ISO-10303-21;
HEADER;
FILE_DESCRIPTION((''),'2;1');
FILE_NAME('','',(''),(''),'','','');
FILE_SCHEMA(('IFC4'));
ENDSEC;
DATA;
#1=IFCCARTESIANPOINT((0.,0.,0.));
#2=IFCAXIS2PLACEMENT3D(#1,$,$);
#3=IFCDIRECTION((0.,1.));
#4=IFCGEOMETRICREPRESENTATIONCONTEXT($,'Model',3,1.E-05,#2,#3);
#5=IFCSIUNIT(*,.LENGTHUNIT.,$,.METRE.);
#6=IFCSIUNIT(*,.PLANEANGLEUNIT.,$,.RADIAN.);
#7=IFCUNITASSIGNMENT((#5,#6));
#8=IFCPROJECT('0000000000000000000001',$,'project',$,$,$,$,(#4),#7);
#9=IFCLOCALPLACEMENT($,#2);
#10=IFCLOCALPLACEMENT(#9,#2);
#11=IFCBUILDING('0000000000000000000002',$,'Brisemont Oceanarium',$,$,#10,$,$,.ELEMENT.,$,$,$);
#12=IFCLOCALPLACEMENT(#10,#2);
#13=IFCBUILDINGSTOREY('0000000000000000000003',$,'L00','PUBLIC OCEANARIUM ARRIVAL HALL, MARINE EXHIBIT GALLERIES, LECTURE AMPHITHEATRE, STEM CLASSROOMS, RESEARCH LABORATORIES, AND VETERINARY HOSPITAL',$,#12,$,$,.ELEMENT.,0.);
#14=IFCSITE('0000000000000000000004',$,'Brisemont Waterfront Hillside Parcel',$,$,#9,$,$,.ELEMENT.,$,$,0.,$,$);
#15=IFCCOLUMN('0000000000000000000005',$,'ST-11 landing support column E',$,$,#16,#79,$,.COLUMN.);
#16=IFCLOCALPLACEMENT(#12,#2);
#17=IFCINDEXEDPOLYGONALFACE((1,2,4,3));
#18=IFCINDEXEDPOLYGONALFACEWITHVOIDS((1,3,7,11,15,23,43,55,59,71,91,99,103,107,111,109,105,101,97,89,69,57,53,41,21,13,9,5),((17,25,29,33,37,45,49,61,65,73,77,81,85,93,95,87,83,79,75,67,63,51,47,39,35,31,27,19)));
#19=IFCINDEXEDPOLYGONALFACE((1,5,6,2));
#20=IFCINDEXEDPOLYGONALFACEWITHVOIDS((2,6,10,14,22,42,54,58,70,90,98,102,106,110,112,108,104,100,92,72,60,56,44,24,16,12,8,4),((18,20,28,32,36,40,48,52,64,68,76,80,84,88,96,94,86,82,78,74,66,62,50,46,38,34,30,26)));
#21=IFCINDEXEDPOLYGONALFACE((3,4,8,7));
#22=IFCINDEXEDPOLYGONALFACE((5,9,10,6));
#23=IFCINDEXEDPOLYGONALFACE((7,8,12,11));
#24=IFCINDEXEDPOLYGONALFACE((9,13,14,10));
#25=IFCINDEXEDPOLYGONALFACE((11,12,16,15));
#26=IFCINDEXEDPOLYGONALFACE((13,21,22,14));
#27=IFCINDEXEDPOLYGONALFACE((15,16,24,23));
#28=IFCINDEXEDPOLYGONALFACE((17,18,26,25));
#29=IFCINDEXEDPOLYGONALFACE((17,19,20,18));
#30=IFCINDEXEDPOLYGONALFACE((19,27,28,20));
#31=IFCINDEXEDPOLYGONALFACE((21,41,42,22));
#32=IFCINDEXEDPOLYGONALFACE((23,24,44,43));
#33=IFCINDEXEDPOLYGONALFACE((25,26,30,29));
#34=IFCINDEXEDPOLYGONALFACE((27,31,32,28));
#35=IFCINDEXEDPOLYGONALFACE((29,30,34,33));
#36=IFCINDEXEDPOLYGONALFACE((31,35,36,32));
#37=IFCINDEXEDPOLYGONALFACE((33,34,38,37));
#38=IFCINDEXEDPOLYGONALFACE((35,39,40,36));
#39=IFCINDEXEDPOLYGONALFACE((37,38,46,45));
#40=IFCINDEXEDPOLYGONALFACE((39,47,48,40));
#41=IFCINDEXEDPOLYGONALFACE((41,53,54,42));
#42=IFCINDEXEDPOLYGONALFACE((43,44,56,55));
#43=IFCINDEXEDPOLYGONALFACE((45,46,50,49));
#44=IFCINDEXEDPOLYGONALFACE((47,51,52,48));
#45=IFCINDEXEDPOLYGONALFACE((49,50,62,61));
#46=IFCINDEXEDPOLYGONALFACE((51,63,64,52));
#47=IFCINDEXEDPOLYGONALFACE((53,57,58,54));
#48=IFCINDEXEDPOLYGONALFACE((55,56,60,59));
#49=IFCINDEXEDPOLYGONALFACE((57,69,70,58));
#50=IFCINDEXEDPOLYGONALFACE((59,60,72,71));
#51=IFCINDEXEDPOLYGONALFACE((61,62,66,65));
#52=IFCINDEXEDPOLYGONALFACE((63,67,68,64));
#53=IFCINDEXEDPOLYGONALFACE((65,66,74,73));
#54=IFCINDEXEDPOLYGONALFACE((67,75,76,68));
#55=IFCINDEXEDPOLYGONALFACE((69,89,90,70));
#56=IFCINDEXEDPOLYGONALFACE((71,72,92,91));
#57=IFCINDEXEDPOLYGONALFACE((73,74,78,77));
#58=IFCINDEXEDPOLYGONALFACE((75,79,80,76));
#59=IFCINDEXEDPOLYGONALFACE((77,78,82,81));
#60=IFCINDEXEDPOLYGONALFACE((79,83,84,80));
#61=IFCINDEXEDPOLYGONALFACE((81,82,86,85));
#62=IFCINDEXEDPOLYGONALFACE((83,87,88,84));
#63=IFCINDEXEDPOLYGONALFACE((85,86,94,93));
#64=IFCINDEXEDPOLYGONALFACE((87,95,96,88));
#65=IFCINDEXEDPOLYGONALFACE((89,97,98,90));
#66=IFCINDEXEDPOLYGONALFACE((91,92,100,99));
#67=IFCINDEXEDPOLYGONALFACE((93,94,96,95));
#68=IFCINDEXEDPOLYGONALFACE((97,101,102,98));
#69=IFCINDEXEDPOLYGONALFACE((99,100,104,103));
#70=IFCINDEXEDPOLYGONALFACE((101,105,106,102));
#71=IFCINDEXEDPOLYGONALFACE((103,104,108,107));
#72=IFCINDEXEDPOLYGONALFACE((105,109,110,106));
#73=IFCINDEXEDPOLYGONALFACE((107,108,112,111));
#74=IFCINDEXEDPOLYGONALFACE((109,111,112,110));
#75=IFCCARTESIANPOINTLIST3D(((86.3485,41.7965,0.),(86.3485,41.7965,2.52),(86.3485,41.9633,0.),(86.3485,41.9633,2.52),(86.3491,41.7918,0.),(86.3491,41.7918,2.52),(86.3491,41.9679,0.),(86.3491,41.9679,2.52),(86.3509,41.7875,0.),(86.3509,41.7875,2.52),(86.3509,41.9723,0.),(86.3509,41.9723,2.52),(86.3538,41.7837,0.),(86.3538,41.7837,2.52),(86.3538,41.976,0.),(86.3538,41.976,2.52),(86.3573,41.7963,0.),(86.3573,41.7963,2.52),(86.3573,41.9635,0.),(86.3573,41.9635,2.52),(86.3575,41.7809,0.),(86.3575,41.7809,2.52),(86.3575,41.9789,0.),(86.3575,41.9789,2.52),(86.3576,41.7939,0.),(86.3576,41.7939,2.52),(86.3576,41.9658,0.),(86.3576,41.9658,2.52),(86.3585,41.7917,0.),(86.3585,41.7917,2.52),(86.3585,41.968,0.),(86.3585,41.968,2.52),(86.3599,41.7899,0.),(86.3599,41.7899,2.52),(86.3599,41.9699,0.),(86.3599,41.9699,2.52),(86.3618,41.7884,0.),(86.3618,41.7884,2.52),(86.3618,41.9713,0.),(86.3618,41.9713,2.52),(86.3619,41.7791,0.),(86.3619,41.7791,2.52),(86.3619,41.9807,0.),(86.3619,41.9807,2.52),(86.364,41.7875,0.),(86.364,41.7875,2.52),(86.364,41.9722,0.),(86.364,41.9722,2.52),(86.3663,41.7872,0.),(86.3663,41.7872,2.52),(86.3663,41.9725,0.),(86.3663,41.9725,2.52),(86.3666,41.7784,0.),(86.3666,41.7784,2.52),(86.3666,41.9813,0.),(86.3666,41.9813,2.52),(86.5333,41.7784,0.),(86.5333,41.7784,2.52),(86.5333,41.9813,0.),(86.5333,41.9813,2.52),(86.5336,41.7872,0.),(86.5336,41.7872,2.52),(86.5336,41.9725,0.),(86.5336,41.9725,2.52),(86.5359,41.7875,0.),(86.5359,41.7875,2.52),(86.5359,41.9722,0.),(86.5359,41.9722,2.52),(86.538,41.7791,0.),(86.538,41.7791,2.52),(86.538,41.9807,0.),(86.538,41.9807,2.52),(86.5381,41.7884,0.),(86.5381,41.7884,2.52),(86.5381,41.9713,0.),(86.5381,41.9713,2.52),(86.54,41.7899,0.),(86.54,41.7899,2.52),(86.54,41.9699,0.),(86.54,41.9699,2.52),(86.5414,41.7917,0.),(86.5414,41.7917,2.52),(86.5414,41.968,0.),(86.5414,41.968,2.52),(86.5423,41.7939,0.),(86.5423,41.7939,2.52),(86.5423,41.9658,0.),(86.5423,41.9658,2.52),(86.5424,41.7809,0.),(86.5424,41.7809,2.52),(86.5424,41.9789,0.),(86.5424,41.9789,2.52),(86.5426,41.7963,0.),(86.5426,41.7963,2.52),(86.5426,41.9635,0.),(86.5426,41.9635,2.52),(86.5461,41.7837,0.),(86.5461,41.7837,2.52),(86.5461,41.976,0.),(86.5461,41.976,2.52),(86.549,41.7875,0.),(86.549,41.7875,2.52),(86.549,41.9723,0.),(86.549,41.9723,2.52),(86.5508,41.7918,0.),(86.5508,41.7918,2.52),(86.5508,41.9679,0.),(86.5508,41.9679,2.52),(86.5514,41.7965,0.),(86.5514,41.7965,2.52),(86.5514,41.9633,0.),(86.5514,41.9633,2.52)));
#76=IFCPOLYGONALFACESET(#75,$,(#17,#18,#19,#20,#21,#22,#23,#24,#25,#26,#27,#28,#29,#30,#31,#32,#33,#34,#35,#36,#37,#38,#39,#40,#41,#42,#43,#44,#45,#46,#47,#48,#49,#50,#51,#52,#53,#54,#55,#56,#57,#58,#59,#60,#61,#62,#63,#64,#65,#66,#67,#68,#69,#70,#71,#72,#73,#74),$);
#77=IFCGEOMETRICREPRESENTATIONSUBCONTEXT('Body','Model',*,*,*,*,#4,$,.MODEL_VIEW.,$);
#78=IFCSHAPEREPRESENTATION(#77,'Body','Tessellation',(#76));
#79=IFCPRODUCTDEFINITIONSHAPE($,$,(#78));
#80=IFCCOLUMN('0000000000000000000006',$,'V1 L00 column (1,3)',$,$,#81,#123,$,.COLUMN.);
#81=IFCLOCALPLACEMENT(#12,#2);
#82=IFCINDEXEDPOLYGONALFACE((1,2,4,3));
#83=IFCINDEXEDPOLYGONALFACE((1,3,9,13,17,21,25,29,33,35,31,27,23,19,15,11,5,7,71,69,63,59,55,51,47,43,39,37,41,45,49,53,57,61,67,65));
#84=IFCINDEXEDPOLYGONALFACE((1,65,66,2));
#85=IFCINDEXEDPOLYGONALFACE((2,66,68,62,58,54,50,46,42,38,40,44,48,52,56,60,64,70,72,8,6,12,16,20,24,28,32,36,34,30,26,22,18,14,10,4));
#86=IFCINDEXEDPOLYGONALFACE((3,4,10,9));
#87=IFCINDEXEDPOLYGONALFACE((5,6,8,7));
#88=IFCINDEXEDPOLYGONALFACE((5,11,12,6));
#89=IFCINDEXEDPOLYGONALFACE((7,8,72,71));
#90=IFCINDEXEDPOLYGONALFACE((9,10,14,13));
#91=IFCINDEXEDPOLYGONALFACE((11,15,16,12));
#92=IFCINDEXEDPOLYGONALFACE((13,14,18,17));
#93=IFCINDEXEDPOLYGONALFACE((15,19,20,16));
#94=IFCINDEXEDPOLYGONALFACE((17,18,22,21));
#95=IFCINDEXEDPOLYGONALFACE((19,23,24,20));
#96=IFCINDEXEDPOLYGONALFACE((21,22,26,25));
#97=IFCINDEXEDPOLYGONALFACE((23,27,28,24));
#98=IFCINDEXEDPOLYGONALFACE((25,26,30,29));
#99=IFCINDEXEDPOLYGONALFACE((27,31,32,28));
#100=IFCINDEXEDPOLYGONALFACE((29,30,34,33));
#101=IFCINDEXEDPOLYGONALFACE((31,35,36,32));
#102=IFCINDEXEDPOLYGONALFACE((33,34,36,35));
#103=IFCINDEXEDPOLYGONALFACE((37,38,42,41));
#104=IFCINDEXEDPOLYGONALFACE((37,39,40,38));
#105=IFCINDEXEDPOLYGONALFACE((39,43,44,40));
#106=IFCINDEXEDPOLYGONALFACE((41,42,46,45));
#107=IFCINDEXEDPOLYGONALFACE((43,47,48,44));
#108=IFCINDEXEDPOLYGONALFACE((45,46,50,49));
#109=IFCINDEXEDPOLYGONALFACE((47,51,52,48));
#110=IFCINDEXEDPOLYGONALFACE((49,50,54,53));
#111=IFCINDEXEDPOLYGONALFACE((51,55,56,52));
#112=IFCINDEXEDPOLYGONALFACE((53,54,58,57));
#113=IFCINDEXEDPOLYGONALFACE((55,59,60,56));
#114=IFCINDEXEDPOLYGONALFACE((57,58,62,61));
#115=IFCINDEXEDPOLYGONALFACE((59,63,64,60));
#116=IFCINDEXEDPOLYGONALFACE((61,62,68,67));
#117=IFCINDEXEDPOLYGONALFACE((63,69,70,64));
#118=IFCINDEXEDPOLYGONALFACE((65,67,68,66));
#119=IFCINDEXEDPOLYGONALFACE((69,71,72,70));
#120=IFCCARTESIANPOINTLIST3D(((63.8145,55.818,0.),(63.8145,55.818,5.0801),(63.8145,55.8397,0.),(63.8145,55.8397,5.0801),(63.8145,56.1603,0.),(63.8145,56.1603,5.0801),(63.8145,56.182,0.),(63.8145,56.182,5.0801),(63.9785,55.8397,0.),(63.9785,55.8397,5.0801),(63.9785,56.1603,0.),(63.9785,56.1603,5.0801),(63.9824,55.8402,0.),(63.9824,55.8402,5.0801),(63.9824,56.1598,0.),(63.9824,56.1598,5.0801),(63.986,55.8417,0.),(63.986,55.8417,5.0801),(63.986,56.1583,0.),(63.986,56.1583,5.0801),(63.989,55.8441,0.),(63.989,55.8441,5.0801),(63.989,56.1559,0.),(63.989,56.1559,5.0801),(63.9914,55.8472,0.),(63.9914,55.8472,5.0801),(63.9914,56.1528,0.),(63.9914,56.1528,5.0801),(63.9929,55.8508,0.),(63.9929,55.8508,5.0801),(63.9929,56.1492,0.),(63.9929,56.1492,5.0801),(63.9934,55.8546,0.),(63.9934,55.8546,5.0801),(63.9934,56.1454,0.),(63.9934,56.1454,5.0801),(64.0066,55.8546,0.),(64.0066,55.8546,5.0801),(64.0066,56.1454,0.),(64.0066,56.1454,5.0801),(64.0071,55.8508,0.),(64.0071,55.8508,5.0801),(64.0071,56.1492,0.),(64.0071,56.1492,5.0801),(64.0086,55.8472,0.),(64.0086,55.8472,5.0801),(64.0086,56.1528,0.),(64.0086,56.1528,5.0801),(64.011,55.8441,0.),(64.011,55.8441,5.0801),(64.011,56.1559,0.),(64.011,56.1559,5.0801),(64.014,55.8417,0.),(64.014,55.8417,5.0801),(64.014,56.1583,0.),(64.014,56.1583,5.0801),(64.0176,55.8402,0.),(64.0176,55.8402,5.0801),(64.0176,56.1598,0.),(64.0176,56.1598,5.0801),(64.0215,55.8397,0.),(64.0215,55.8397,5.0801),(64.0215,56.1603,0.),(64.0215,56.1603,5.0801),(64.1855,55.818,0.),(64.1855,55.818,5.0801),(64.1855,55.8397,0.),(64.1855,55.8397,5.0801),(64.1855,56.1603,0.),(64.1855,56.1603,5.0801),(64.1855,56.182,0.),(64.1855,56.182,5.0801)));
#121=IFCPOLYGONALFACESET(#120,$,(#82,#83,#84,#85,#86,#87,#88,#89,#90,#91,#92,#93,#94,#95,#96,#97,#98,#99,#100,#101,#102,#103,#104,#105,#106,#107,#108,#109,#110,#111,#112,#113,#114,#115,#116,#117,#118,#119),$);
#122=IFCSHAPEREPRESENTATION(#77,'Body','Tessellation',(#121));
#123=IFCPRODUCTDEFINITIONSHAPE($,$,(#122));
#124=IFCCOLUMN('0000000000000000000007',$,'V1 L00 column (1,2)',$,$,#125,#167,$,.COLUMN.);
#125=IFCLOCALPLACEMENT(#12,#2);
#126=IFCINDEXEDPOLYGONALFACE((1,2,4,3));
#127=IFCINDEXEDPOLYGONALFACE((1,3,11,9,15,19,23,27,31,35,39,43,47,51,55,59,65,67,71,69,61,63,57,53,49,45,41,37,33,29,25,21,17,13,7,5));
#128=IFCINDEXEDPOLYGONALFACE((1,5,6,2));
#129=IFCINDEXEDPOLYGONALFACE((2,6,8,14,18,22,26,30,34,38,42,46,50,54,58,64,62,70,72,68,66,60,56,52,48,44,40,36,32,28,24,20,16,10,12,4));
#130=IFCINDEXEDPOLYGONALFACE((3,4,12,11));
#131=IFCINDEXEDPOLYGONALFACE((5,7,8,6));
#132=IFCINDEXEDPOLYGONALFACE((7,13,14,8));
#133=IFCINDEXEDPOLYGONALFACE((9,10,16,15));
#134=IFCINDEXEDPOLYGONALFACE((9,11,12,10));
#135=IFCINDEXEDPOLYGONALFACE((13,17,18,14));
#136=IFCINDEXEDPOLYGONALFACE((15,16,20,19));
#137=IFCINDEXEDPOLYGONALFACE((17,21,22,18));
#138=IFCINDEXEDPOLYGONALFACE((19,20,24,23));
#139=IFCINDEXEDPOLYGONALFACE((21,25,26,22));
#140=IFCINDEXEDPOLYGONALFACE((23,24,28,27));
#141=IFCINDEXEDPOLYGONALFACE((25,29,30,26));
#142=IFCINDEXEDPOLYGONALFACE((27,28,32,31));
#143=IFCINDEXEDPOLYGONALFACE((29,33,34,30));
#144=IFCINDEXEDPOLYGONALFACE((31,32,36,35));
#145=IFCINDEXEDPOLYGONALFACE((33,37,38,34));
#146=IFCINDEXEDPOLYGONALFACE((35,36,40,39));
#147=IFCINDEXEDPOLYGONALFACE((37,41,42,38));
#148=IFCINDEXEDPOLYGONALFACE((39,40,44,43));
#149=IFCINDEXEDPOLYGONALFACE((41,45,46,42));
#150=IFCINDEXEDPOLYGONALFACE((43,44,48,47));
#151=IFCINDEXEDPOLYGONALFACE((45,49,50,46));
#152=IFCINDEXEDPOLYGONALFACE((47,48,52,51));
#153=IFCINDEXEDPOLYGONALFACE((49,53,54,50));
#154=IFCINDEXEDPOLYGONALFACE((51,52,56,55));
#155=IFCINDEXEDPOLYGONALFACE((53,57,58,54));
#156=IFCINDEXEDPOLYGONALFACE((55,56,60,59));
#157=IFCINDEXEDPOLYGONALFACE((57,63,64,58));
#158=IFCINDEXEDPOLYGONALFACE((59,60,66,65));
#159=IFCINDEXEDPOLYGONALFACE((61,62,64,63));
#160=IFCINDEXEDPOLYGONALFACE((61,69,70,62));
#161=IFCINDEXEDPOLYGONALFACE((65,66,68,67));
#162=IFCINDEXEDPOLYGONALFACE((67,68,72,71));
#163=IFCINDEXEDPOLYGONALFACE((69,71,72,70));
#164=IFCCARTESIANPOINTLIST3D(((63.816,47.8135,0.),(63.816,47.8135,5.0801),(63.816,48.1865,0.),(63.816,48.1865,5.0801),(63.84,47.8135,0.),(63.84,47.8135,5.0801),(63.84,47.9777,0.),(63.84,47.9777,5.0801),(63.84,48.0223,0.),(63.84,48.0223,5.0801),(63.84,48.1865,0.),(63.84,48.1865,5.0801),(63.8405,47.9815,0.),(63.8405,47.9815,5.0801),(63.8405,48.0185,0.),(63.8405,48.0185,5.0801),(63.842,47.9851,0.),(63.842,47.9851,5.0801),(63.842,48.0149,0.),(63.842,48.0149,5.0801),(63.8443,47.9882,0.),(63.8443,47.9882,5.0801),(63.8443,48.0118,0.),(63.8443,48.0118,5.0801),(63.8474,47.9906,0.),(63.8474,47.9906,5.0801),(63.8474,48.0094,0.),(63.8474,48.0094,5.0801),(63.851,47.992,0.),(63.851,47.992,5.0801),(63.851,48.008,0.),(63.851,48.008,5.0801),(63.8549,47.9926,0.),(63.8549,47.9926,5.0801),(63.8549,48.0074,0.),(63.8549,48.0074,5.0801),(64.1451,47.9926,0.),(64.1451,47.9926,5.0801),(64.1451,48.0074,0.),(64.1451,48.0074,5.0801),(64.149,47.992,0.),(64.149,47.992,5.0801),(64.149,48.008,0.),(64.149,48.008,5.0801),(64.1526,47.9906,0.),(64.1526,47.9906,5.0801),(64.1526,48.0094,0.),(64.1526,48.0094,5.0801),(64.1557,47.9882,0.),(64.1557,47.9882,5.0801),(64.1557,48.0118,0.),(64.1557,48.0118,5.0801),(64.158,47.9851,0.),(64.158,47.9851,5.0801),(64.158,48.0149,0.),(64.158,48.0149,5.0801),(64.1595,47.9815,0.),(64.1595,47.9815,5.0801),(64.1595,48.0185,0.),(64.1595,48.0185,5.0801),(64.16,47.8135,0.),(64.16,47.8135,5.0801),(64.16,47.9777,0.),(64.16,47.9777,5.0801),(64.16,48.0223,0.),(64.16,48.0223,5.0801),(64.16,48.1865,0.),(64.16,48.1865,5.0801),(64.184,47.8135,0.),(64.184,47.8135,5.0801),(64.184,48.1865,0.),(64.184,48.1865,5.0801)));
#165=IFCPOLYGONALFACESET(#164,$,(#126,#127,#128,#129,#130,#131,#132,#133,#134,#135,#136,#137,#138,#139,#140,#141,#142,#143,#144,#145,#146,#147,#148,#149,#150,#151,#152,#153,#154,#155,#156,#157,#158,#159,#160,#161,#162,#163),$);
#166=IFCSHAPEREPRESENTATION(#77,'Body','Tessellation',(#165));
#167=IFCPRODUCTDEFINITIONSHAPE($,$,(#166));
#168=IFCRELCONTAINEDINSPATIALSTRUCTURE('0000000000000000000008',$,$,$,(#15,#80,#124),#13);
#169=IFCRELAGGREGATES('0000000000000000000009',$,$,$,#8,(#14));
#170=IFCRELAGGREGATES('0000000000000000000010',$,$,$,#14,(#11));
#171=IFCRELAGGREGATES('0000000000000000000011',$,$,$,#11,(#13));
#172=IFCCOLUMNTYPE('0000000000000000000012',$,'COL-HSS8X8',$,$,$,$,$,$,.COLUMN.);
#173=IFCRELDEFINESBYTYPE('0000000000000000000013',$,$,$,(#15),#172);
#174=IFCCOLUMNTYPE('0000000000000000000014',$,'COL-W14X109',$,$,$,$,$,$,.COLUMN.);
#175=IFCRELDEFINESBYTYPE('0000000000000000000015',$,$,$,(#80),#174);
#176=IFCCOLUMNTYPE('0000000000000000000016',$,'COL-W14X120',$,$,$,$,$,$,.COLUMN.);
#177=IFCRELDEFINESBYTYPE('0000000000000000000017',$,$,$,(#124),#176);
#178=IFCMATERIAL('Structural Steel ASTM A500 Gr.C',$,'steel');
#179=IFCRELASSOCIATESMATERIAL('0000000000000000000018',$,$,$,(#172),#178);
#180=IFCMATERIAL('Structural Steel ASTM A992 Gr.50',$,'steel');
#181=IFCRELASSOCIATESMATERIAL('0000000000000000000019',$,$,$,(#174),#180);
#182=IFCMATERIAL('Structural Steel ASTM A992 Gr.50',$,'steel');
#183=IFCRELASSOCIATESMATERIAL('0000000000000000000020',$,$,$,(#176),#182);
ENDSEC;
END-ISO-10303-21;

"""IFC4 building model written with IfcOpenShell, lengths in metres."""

from ifc_helpers import new_model, si_unit, direction, frame, origin, origin_2d, place, context, subcontext, project, spatial, hollow_rectangle, i_section, extrude, material, material_profile, profile_set, type_object, element, save


model = new_model("IFC4")

# Units and contexts
model_context = context("Model", 3, precision=1e-05, world=origin(), true_north=direction((0.0, 1.0)))
body_context = subcontext(model_context, "Body", "Model", "MODEL_VIEW")
ifc_project = project(units=[si_unit("LENGTHUNIT", "METRE"), si_unit("PLANEANGLEUNIT", "RADIAN")], contexts=[model_context])

# Site, building, storey
site_placement = place(None, origin())
site = spatial("IfcSite", under=ifc_project, at=site_placement, Name="Brisemont Waterfront Hillside Parcel", CompositionType="ELEMENT", RefElevation=0.0)
building_placement = place(site_placement, origin())
building = spatial("IfcBuilding", under=site, at=building_placement, Name="Brisemont Oceanarium", CompositionType="ELEMENT")
storey_placement = place(building_placement, origin())
storey = spatial("IfcBuildingStorey", under=building, at=storey_placement, Name="L00", Description="PUBLIC OCEANARIUM ARRIVAL HALL, MARINE EXHIBIT GALLERIES, LECTURE AMPHITHEATRE, STEM CLASSROOMS, RESEARCH LABORATORIES, AND VETERINARY HOSPITAL", CompositionType="ELEMENT", Elevation=0.0)

# Columns
ifc_material_1 = material(Name="Structural Steel ASTM A500 Gr.C", Category="steel")
ifc_material_profile_1 = material_profile(ifc_material_1, hollow_rectangle(XDim=0.2029, YDim=0.2029, WallThickness=0.0088, InnerFilletRadius=0.009, OuterFilletRadius=0.0181, at=origin_2d()), Name="HSS8X8X3/8")
ifc_profile_set_1 = profile_set([ifc_material_profile_1], Name="Structural Steel ASTM A500 Gr.C")
column_type_1 = type_object("IfcColumnType", Name="COL-HSS8X8", PredefinedType="COLUMN", material=ifc_profile_set_1)
for number, where, z_axis, x_axis, name in (
    (1, (86.45, 41.8799, 0.0), (0.0, 0.0, 1.0), (1.0, 0.0, 0.0), "ST-11 landing support column E"),
):
    element("IfcColumn", number, at=place(storey_placement, frame(where, z_axis=z_axis, x_axis=x_axis)), inside=storey, type_object=column_type_1, Name=name, PredefinedType="COLUMN", context=body_context, shape_type="SweptSolid", body=[
        extrude(hollow_rectangle(XDim=0.2029, YDim=0.2029, WallThickness=0.0088, InnerFilletRadius=0.009, OuterFilletRadius=0.0181, at=origin_2d()), origin(), (0.0, 0.0, 1.0), 2.52),
    ])
ifc_material_2 = material(Name="Structural Steel ASTM A992 Gr.50", Category="steel")
ifc_material_profile_2 = material_profile(ifc_material_2, i_section(OverallWidth=0.3711, OverallDepth=0.364, WebThickness=0.0132, FlangeThickness=0.0217, FilletRadius=0.0149, at=origin_2d()), Name="W14X109")
ifc_profile_set_2 = profile_set([ifc_material_profile_2], Name="Structural Steel ASTM A992 Gr.50")
column_type_2 = type_object("IfcColumnType", Name="COL-W14X109", PredefinedType="COLUMN", material=ifc_profile_set_2)
column_1_placement = place(storey_placement, frame((64.0, 56.0, 0.0), z_axis=(0.0, 0.0, 1.0), x_axis=(1.0, 0.0, 0.0)))
element("IfcColumn", 2, at=column_1_placement, inside=storey, type_object=column_type_2, Name="V1 L00 column (1,3)", PredefinedType="COLUMN", context=body_context, shape_type="SweptSolid", body=[
    extrude(i_section(OverallWidth=0.3711, OverallDepth=0.364, WebThickness=0.0132, FlangeThickness=0.0217, FilletRadius=0.0149, at=origin_2d()), origin(), (0.0, 0.0, 1.0), 5.0801),
])
ifc_material_3 = material(Name="Structural Steel ASTM A992 Gr.50", Category="steel")
ifc_material_profile_3 = material_profile(ifc_material_3, i_section(OverallWidth=0.373, OverallDepth=0.3679, WebThickness=0.0149, FlangeThickness=0.0239, FilletRadius=0.0149, at=origin_2d()), Name="W14X120")
ifc_profile_set_3 = profile_set([ifc_material_profile_3], Name="Structural Steel ASTM A992 Gr.50")
column_type_3 = type_object("IfcColumnType", Name="COL-W14X120", PredefinedType="COLUMN", material=ifc_profile_set_3)
column_2_placement = place(storey_placement, frame((64.0, 48.0, 0.0), z_axis=(0.0, 0.0, 1.0), x_axis=(0.0, 1.0, 0.0)))
element("IfcColumn", 3, at=column_2_placement, inside=storey, type_object=column_type_3, Name="V1 L00 column (1,2)", PredefinedType="COLUMN", context=body_context, shape_type="SweptSolid", body=[
    extrude(i_section(OverallWidth=0.373, OverallDepth=0.3679, WebThickness=0.0149, FlangeThickness=0.0239, FilletRadius=0.0149, at=origin_2d()), origin(), (0.0, 0.0, 1.0), 5.0801),
])

save(model, "model.ifc")
